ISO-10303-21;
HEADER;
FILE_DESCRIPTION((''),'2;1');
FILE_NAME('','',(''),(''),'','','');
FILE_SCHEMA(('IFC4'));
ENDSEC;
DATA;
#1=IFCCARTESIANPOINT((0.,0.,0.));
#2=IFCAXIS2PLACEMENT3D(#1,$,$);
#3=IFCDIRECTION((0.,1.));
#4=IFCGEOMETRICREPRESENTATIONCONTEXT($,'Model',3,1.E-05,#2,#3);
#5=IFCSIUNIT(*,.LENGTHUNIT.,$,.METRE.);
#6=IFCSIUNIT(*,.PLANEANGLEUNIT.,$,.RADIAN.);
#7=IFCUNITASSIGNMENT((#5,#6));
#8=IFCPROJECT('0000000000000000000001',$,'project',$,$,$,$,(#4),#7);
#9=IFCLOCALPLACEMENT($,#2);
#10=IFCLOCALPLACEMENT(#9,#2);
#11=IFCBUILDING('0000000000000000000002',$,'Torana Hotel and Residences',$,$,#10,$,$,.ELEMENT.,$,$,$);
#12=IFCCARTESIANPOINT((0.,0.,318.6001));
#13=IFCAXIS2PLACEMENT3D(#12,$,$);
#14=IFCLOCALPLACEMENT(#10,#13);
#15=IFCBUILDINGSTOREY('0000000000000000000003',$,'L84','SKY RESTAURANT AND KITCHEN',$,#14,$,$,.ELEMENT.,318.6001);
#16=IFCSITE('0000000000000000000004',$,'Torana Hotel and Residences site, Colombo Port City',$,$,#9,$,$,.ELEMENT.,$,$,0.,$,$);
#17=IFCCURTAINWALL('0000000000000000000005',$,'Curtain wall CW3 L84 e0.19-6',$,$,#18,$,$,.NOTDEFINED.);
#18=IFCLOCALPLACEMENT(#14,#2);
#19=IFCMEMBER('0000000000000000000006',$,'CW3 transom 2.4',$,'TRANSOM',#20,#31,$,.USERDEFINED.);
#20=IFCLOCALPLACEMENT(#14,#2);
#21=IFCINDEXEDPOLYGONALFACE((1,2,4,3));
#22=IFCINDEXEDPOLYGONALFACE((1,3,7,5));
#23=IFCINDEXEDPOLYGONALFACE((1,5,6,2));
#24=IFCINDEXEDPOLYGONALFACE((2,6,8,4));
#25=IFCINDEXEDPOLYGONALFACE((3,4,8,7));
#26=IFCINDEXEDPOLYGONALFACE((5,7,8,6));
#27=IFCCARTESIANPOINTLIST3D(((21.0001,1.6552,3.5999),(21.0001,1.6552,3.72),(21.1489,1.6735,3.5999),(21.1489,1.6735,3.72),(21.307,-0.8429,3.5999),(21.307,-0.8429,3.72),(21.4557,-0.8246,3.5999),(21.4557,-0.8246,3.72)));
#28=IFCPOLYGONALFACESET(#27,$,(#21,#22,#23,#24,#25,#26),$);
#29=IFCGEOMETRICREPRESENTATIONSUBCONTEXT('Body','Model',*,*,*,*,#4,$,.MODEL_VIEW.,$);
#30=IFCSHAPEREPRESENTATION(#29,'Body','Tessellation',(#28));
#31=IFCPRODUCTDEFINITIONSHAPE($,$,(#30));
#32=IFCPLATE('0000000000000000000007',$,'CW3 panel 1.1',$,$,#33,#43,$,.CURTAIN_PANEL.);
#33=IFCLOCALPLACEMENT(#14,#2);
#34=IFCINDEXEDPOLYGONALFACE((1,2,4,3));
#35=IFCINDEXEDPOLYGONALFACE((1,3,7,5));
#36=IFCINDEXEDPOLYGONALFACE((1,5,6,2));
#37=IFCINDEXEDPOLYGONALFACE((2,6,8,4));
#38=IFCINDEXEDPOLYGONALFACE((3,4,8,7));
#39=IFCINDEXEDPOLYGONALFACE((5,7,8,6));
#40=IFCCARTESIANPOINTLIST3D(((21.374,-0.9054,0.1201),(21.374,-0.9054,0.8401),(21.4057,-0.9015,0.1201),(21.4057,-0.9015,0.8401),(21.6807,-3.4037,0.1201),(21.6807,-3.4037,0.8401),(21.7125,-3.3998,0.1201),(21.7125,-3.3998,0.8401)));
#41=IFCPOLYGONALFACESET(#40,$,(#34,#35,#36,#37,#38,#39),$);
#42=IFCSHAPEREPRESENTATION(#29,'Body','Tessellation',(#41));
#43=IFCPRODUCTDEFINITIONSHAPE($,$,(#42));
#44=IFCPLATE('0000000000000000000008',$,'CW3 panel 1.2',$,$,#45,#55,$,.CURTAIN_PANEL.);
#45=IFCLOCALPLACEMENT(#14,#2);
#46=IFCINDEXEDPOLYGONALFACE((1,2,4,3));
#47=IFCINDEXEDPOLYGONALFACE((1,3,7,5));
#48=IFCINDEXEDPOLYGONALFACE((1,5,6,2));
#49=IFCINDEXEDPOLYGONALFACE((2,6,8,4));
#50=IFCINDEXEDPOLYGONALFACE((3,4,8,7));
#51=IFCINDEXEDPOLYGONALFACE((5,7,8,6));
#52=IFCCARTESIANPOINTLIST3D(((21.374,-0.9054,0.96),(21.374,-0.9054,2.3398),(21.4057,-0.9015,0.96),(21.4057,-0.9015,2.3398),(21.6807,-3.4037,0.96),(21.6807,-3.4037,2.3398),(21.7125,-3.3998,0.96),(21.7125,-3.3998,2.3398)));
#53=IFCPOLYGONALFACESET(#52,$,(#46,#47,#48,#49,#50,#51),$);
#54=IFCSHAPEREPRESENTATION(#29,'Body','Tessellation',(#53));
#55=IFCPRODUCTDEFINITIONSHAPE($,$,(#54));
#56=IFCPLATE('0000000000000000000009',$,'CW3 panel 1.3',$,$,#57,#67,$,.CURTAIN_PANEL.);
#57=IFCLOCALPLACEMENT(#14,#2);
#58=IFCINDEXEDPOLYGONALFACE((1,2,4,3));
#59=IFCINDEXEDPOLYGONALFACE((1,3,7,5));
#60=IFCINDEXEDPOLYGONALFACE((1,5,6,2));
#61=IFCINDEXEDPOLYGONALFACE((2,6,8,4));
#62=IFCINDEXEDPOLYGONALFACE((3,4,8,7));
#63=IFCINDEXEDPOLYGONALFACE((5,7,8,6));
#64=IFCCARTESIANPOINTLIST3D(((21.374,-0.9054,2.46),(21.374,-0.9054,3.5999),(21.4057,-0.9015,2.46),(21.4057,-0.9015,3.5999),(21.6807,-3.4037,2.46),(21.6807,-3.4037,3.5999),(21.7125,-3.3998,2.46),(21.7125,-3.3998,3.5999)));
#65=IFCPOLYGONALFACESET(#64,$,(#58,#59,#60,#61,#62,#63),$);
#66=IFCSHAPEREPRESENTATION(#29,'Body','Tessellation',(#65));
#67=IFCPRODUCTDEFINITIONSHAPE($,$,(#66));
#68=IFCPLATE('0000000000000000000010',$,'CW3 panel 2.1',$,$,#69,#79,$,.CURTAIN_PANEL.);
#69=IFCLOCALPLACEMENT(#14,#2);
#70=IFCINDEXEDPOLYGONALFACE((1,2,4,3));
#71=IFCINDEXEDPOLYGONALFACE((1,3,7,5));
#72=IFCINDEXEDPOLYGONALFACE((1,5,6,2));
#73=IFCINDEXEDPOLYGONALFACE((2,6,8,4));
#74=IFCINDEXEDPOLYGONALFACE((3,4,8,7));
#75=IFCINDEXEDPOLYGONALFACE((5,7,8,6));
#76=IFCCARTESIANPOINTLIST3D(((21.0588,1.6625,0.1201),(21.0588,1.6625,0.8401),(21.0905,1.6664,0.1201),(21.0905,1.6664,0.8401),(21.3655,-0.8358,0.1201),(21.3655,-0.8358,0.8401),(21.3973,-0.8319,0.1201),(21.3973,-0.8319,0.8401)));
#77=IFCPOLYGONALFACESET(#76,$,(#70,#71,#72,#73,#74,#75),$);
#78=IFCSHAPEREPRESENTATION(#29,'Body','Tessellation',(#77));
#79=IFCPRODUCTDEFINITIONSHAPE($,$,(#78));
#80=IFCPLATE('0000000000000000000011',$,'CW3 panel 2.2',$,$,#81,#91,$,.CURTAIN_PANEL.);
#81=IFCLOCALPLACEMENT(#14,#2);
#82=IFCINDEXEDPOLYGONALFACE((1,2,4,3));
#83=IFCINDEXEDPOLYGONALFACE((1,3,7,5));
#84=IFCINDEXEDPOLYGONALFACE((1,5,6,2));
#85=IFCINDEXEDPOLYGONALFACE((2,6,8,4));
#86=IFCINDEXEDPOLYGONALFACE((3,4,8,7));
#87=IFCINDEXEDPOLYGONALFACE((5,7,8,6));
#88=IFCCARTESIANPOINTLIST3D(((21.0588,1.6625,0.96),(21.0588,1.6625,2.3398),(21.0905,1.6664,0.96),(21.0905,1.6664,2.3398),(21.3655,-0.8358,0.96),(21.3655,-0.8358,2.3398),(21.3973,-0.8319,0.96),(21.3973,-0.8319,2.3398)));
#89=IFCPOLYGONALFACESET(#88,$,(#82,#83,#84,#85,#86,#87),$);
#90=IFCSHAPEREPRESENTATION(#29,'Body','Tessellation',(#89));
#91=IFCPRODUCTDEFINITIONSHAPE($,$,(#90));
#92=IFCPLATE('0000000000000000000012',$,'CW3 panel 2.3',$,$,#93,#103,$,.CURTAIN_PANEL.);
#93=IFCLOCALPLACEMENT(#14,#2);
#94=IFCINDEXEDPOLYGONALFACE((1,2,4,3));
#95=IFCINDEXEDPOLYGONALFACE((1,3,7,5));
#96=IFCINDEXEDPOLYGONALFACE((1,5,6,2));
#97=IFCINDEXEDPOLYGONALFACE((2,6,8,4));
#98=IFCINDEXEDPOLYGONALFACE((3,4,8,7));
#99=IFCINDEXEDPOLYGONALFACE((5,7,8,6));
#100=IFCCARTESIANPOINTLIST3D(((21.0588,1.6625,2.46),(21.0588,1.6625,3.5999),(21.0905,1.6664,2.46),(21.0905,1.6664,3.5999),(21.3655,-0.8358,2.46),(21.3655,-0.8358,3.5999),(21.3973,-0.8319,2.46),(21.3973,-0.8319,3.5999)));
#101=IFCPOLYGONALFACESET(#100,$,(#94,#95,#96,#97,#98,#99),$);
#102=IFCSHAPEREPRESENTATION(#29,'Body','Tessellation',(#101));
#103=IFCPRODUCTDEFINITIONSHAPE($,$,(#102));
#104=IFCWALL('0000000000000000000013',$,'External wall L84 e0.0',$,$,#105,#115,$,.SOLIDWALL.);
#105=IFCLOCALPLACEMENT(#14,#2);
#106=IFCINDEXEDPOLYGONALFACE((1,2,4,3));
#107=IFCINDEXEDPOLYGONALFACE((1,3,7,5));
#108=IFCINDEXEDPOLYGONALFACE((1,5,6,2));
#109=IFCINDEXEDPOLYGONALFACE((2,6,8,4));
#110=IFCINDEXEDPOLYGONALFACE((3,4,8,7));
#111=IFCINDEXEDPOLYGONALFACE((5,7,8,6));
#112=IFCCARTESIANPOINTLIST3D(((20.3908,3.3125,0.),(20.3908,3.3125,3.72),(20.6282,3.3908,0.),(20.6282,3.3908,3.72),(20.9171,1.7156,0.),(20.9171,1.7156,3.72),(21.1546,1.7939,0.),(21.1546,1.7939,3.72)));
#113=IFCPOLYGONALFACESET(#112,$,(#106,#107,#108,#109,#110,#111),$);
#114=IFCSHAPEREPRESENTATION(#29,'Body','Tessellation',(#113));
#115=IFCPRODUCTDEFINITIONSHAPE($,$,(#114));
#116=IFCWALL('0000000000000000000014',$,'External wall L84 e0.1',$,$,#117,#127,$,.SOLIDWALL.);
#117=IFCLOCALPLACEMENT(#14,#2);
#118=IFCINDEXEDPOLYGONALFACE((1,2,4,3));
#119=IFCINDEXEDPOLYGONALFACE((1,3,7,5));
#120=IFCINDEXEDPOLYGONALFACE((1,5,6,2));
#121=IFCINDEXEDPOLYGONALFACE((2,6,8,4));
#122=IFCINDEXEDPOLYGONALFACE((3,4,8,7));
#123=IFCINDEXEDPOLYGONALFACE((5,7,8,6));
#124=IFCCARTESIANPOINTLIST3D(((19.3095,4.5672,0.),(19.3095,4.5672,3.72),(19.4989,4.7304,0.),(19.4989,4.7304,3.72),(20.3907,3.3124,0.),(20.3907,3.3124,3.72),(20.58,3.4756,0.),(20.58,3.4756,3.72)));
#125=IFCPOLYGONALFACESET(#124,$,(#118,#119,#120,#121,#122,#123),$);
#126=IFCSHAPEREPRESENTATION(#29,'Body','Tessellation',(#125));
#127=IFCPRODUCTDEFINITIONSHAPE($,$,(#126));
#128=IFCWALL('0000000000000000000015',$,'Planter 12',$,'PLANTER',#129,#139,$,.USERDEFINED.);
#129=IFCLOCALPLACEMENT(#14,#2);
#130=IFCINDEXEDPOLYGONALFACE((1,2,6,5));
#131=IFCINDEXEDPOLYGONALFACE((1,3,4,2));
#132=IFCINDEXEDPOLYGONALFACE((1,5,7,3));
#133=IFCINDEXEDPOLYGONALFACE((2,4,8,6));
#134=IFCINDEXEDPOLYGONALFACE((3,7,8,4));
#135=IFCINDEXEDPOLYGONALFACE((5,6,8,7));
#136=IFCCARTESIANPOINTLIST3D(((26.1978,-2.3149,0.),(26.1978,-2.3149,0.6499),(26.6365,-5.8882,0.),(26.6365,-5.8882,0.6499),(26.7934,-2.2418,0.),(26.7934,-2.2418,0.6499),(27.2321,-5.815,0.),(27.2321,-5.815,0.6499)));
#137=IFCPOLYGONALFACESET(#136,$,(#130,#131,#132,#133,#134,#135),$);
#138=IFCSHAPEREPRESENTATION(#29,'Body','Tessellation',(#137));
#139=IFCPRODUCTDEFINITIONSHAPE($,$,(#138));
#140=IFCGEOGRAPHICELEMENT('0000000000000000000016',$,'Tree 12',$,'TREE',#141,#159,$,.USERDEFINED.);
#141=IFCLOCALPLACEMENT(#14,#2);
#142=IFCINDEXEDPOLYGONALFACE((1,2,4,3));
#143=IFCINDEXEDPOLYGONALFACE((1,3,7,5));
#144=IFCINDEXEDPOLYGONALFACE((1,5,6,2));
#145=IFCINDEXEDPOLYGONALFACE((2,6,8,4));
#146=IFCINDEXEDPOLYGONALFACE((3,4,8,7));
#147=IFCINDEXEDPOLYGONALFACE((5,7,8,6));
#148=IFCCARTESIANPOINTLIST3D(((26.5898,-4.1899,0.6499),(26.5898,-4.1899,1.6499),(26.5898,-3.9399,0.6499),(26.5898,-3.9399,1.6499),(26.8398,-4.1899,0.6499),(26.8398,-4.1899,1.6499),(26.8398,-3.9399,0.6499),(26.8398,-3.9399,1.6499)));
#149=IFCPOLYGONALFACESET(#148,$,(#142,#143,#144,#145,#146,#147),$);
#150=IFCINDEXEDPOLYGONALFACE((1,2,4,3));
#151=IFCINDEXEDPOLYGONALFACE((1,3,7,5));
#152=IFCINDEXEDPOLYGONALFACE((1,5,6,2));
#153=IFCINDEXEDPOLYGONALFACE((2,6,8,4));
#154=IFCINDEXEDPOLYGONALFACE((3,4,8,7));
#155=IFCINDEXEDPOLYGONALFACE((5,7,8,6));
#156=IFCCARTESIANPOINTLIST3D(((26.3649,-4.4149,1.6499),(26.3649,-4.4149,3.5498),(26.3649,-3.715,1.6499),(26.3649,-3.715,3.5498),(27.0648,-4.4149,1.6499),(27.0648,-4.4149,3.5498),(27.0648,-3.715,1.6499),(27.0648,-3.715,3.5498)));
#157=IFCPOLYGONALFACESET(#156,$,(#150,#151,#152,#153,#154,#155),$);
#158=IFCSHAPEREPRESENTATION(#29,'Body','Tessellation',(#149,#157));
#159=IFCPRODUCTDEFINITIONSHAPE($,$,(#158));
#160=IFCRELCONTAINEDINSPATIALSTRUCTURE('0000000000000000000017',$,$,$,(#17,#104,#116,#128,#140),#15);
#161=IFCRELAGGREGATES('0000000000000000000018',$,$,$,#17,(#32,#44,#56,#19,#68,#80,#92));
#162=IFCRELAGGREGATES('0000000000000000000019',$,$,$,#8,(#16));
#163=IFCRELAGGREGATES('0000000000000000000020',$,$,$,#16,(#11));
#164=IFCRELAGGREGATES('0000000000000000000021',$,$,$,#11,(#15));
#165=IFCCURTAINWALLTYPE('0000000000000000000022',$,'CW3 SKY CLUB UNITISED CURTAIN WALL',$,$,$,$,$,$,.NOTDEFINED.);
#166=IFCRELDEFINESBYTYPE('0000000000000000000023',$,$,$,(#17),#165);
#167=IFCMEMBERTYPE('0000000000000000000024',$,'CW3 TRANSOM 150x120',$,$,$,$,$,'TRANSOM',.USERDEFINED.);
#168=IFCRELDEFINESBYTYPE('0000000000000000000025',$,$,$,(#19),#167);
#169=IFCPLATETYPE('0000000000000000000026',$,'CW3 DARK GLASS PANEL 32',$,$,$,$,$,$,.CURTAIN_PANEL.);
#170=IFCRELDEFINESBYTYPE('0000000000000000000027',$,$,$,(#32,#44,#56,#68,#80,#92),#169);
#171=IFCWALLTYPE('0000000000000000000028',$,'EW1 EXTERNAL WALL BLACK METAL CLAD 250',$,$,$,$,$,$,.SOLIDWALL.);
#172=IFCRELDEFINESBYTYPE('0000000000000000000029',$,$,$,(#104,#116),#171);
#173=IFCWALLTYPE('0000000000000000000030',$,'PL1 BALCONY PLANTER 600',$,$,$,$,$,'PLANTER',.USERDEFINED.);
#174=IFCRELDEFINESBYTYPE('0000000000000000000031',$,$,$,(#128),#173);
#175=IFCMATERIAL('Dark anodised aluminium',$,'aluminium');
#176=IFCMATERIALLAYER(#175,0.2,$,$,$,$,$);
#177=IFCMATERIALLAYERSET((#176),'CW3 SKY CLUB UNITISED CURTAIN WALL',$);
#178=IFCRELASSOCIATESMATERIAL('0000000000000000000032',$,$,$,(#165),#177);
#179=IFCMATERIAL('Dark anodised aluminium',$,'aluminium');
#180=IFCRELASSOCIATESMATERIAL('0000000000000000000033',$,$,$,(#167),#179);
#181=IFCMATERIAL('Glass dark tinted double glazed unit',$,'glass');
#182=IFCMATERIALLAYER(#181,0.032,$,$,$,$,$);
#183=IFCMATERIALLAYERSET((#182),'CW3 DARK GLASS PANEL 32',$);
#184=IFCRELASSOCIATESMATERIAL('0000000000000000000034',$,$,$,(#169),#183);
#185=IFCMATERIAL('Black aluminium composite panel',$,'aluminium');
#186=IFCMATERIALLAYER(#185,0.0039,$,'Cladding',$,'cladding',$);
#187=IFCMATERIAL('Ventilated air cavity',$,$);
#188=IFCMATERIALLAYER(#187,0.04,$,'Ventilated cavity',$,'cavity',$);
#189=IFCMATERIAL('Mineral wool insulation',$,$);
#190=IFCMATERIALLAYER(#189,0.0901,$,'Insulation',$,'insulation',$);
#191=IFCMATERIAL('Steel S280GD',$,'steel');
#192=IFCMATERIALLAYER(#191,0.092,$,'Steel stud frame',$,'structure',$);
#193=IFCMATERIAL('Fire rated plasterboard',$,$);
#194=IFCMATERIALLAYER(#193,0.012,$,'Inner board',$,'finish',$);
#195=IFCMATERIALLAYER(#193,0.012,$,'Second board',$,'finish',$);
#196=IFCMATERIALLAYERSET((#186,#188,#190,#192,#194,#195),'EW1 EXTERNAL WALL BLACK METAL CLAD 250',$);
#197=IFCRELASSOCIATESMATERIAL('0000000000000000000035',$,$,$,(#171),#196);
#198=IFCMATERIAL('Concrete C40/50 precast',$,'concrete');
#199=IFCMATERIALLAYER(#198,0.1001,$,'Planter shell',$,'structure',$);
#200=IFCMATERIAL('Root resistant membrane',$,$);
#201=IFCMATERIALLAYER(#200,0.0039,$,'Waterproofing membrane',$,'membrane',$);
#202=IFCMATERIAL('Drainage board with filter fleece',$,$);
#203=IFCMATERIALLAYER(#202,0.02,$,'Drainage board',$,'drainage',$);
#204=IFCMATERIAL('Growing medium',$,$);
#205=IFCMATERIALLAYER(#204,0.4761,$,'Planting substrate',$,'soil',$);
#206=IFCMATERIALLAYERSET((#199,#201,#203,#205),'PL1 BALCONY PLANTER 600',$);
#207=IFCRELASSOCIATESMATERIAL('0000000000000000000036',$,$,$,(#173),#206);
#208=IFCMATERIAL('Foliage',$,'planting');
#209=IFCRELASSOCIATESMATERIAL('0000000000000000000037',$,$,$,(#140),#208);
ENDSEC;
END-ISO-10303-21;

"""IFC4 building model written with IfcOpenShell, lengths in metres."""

from ifc_helpers import new_model, si_unit, direction, frame, frame_2d, origin, origin_2d, place, context, subcontext, project, spatial, rectangle, extrude, material, layer, layer_set, material_profile, profile_set, type_object, element, aggregate, save


model = new_model("IFC4")

# Units and contexts
model_context = context("Model", 3, precision=1e-05, world=origin(), true_north=direction((0.0, 1.0)))
body_context = subcontext(model_context, "Body", "Model", "MODEL_VIEW")
ifc_project = project(units=[si_unit("LENGTHUNIT", "METRE"), si_unit("PLANEANGLEUNIT", "RADIAN")], contexts=[model_context])

# Site, building, storey
site_placement = place(None, origin())
site = spatial("IfcSite", under=ifc_project, at=site_placement, Name="Torana Hotel and Residences site, Colombo Port City", CompositionType="ELEMENT", RefElevation=0.0)
building_placement = place(site_placement, origin())
building = spatial("IfcBuilding", under=site, at=building_placement, Name="Torana Hotel and Residences", CompositionType="ELEMENT")
storey_placement = place(building_placement, frame((0.0, 0.0, 318.6001)))
storey = spatial("IfcBuildingStorey", under=building, at=storey_placement, Name="L84", Description="SKY RESTAURANT AND KITCHEN", CompositionType="ELEMENT", Elevation=318.6001)

# Curtain wall, member, plates
ifc_material_1 = material(Name="Dark anodised aluminium", Category="aluminium")
ifc_layer_1 = layer(ifc_material_1, 0.2)
ifc_layer_set_1 = layer_set([ifc_layer_1], Name="CW3 SKY CLUB UNITISED CURTAIN WALL")
curtain_wall_type = type_object("IfcCurtainWallType", Name="CW3 SKY CLUB UNITISED CURTAIN WALL", PredefinedType="NOTDEFINED", material=ifc_layer_set_1)
curtain_wall_placement = place(storey_placement, origin())
curtain_wall = element("IfcCurtainWall", 1, at=curtain_wall_placement, inside=storey, type_object=curtain_wall_type, Name="Curtain wall CW3 L84 e0.19-6", PredefinedType="NOTDEFINED")
ifc_material_2 = material(Name="Dark anodised aluminium", Category="aluminium")
ifc_material_profile_1 = material_profile(ifc_material_2, rectangle(XDim=0.1499, YDim=0.1201, at=origin_2d()), Name="CW3 TRANSOM 150x120")
ifc_profile_set_1 = profile_set([ifc_material_profile_1], Name="Dark anodised aluminium")
member_type_1 = type_object("IfcMemberType", Name="CW3 TRANSOM 150x120", ElementType="TRANSOM", PredefinedType="USERDEFINED", material=ifc_profile_set_1)
member_1_placement = place(storey_placement, frame((21.3813, -0.8337, 3.6599), z_axis=(-0.121933, 0.992538, 0.0), x_axis=(-0.992538, -0.121933, 0.0)))
member_1 = element("IfcMember", 2, at=member_1_placement, type_object=member_type_1, Name="CW3 transom 2.4", ObjectType="TRANSOM", PredefinedType="USERDEFINED", context=body_context, shape_type="SweptSolid", body=[
    extrude(rectangle(XDim=0.1499, YDim=0.1201, at=origin_2d()), origin(), (0.0, 0.0, 1.0), 2.5168),
])
ifc_material_3 = material(Name="Glass dark tinted double glazed unit", Category="glass")
ifc_layer_2 = layer(ifc_material_3, 0.032)
ifc_layer_set_2 = layer_set([ifc_layer_2], Name="CW3 DARK GLASS PANEL 32")
plate_type = type_object("IfcPlateType", Name="CW3 DARK GLASS PANEL 32", PredefinedType="CURTAIN_PANEL", material=ifc_layer_set_2)
plate_1_placement = place(storey_placement, frame((21.5432, -2.1526, 0.1201), z_axis=(0.0, 0.0, 1.0), x_axis=(-0.121871, 0.992546, 0.0)))
plate_1 = element("IfcPlate", 3, at=plate_1_placement, type_object=plate_type, Name="CW3 panel 1.1", PredefinedType="CURTAIN_PANEL", context=body_context, shape_type="SweptSolid", body=[
    extrude(rectangle(XDim=2.5171, YDim=0.032, at=origin_2d()), origin(), (0.0, 0.0, 1.0), 0.72),
])
plate_2_placement = place(storey_placement, frame((21.5432, -2.1526, 0.96), z_axis=(0.0, 0.0, 1.0), x_axis=(-0.121871, 0.992546, 0.0)))
plate_2 = element("IfcPlate", 4, at=plate_2_placement, type_object=plate_type, Name="CW3 panel 1.2", PredefinedType="CURTAIN_PANEL", context=body_context, shape_type="SweptSolid", body=[
    extrude(rectangle(XDim=2.5171, YDim=0.032, at=origin_2d()), origin(), (0.0, 0.0, 1.0), 1.3799),
])
plate_3_placement = place(storey_placement, frame((21.5432, -2.1526, 2.46), z_axis=(0.0, 0.0, 1.0), x_axis=(-0.121871, 0.992546, 0.0)))
plate_3 = element("IfcPlate", 5, at=plate_3_placement, type_object=plate_type, Name="CW3 panel 1.3", PredefinedType="CURTAIN_PANEL", context=body_context, shape_type="SweptSolid", body=[
    extrude(rectangle(XDim=2.5171, YDim=0.032, at=origin_2d()), origin(), (0.0, 0.0, 1.0), 1.1399),
])
plate_4_placement = place(storey_placement, frame((21.228, 0.4153, 0.1201), z_axis=(0.0, 0.0, 1.0), x_axis=(-0.121871, 0.992546, 0.0)))
plate_4 = element("IfcPlate", 6, at=plate_4_placement, type_object=plate_type, Name="CW3 panel 2.1", PredefinedType="CURTAIN_PANEL", context=body_context, shape_type="SweptSolid", body=[
    extrude(rectangle(XDim=2.5171, YDim=0.032, at=origin_2d()), origin(), (0.0, 0.0, 1.0), 0.72),
])
plate_5_placement = place(storey_placement, frame((21.228, 0.4153, 0.96), z_axis=(0.0, 0.0, 1.0), x_axis=(-0.121871, 0.992546, 0.0)))
plate_5 = element("IfcPlate", 7, at=plate_5_placement, type_object=plate_type, Name="CW3 panel 2.2", PredefinedType="CURTAIN_PANEL", context=body_context, shape_type="SweptSolid", body=[
    extrude(rectangle(XDim=2.5171, YDim=0.032, at=origin_2d()), origin(), (0.0, 0.0, 1.0), 1.3799),
])
plate_6_placement = place(storey_placement, frame((21.228, 0.4153, 2.46), z_axis=(0.0, 0.0, 1.0), x_axis=(-0.121871, 0.992546, 0.0)))
plate_6 = element("IfcPlate", 8, at=plate_6_placement, type_object=plate_type, Name="CW3 panel 2.3", PredefinedType="CURTAIN_PANEL", context=body_context, shape_type="SweptSolid", body=[
    extrude(rectangle(XDim=2.5171, YDim=0.032, at=origin_2d()), origin(), (0.0, 0.0, 1.0), 1.1399),
])
aggregate(curtain_wall, [plate_1, plate_2, plate_3, member_1, plate_4, plate_5, plate_6])

# Walls
ifc_material_4 = material(Name="Black aluminium composite panel", Category="aluminium")
ifc_layer_3 = layer(ifc_material_4, 0.0039, Name="Cladding", Category="cladding")
ifc_material_5 = material(Name="Ventilated air cavity")
ifc_layer_4 = layer(ifc_material_5, 0.04, Name="Ventilated cavity", Category="cavity")
ifc_material_6 = material(Name="Mineral wool insulation")
ifc_layer_5 = layer(ifc_material_6, 0.0901, Name="Insulation", Category="insulation")
ifc_material_7 = material(Name="Steel S280GD", Category="steel")
ifc_layer_6 = layer(ifc_material_7, 0.092, Name="Steel stud frame", Category="structure")
ifc_material_8 = material(Name="Fire rated plasterboard")
ifc_layer_7 = layer(ifc_material_8, 0.012, Name="Inner board", Category="finish")
ifc_layer_8 = layer(ifc_material_8, 0.012, Name="Second board", Category="finish")
ifc_layer_set_3 = layer_set([ifc_layer_3, ifc_layer_4, ifc_layer_5, ifc_layer_6, ifc_layer_7, ifc_layer_8], Name="EW1 EXTERNAL WALL BLACK METAL CLAD 250")
wall_type_1 = type_object("IfcWallType", Name="EW1 EXTERNAL WALL BLACK METAL CLAD 250", PredefinedType="SOLIDWALL", material=ifc_layer_set_3)
wall_1_placement = place(storey_placement, frame((21.0359, 1.7546, 0.0), z_axis=(0.0, 0.0, 1.0), x_axis=(-0.313046, 0.949738, 0.0)))
element("IfcWall", 9, at=wall_1_placement, inside=storey, type_object=wall_type_1, Name="External wall L84 e0.0", PredefinedType="SOLIDWALL", context=body_context, shape_type="SweptSolid", body=[
    extrude(rectangle(XDim=1.6814, YDim=0.25, at=frame_2d((0.8408, 0.0))), origin(), (0.0, 0.0, 1.0), 3.72),
])
wall_2_placement = place(storey_placement, frame((20.4854, 3.394, 0.0), z_axis=(0.0, 0.0, 1.0), x_axis=(-0.652756, 0.757568, 0.0)))
element("IfcWall", 10, at=wall_2_placement, inside=storey, type_object=wall_type_1, Name="External wall L84 e0.1", PredefinedType="SOLIDWALL", context=body_context, shape_type="SweptSolid", body=[
    extrude(rectangle(XDim=1.6562, YDim=0.25, at=frame_2d((0.8281, 0.0))), origin(), (0.0, 0.0, 1.0), 3.72),
])
ifc_material_9 = material(Name="Concrete C40/50 precast", Category="concrete")
ifc_layer_9 = layer(ifc_material_9, 0.1001, Name="Planter shell", Category="structure")
ifc_material_10 = material(Name="Root resistant membrane")
ifc_layer_10 = layer(ifc_material_10, 0.0039, Name="Waterproofing membrane", Category="membrane")
ifc_material_11 = material(Name="Drainage board with filter fleece")
ifc_layer_11 = layer(ifc_material_11, 0.02, Name="Drainage board", Category="drainage")
ifc_material_12 = material(Name="Growing medium")
ifc_layer_12 = layer(ifc_material_12, 0.4761, Name="Planting substrate", Category="soil")
ifc_layer_set_4 = layer_set([ifc_layer_9, ifc_layer_10, ifc_layer_11, ifc_layer_12], Name="PL1 BALCONY PLANTER 600")
wall_type_2 = type_object("IfcWallType", Name="PL1 BALCONY PLANTER 600", ElementType="PLANTER", PredefinedType="USERDEFINED", material=ifc_layer_set_4)
wall_3_placement = place(storey_placement, frame((26.4956, -2.2783, 0.0), z_axis=(0.0, 0.0, 1.0), x_axis=(0.121864, -0.992547, 0.0)))
element("IfcWall", 11, at=wall_3_placement, inside=storey, type_object=wall_type_2, Name="Planter 12", ObjectType="PLANTER", PredefinedType="USERDEFINED", context=body_context, shape_type="SweptSolid", body=[
    extrude(rectangle(XDim=3.6001, YDim=0.6001, at=frame_2d((1.8, 0.0))), origin(), (0.0, 0.0, 1.0), 0.6499),
])

# Geographic element
ifc_material_13 = material(Name="Foliage", Category="planting")
geographic_element_placement = place(storey_placement, frame((26.7148, -4.0649, 0.6499), z_axis=(0.0, 0.0, 1.0), x_axis=(1.0, 0.0, 0.0)))
element("IfcGeographicElement", 12, at=geographic_element_placement, inside=storey, material=ifc_material_13, Name="Tree 12", ObjectType="TREE", PredefinedType="USERDEFINED", context=body_context, shape_type="SweptSolid", body=[
    extrude(rectangle(XDim=0.25, YDim=0.25, at=origin_2d()), origin(), (0.0, 0.0, 1.0), 1.0),
    extrude(rectangle(XDim=0.7, YDim=0.7, at=origin_2d()), frame((0.0, 0.0, 1.0)), (0.0, 0.0, 1.0), 1.8999),
])

save(model, "model.ifc")
